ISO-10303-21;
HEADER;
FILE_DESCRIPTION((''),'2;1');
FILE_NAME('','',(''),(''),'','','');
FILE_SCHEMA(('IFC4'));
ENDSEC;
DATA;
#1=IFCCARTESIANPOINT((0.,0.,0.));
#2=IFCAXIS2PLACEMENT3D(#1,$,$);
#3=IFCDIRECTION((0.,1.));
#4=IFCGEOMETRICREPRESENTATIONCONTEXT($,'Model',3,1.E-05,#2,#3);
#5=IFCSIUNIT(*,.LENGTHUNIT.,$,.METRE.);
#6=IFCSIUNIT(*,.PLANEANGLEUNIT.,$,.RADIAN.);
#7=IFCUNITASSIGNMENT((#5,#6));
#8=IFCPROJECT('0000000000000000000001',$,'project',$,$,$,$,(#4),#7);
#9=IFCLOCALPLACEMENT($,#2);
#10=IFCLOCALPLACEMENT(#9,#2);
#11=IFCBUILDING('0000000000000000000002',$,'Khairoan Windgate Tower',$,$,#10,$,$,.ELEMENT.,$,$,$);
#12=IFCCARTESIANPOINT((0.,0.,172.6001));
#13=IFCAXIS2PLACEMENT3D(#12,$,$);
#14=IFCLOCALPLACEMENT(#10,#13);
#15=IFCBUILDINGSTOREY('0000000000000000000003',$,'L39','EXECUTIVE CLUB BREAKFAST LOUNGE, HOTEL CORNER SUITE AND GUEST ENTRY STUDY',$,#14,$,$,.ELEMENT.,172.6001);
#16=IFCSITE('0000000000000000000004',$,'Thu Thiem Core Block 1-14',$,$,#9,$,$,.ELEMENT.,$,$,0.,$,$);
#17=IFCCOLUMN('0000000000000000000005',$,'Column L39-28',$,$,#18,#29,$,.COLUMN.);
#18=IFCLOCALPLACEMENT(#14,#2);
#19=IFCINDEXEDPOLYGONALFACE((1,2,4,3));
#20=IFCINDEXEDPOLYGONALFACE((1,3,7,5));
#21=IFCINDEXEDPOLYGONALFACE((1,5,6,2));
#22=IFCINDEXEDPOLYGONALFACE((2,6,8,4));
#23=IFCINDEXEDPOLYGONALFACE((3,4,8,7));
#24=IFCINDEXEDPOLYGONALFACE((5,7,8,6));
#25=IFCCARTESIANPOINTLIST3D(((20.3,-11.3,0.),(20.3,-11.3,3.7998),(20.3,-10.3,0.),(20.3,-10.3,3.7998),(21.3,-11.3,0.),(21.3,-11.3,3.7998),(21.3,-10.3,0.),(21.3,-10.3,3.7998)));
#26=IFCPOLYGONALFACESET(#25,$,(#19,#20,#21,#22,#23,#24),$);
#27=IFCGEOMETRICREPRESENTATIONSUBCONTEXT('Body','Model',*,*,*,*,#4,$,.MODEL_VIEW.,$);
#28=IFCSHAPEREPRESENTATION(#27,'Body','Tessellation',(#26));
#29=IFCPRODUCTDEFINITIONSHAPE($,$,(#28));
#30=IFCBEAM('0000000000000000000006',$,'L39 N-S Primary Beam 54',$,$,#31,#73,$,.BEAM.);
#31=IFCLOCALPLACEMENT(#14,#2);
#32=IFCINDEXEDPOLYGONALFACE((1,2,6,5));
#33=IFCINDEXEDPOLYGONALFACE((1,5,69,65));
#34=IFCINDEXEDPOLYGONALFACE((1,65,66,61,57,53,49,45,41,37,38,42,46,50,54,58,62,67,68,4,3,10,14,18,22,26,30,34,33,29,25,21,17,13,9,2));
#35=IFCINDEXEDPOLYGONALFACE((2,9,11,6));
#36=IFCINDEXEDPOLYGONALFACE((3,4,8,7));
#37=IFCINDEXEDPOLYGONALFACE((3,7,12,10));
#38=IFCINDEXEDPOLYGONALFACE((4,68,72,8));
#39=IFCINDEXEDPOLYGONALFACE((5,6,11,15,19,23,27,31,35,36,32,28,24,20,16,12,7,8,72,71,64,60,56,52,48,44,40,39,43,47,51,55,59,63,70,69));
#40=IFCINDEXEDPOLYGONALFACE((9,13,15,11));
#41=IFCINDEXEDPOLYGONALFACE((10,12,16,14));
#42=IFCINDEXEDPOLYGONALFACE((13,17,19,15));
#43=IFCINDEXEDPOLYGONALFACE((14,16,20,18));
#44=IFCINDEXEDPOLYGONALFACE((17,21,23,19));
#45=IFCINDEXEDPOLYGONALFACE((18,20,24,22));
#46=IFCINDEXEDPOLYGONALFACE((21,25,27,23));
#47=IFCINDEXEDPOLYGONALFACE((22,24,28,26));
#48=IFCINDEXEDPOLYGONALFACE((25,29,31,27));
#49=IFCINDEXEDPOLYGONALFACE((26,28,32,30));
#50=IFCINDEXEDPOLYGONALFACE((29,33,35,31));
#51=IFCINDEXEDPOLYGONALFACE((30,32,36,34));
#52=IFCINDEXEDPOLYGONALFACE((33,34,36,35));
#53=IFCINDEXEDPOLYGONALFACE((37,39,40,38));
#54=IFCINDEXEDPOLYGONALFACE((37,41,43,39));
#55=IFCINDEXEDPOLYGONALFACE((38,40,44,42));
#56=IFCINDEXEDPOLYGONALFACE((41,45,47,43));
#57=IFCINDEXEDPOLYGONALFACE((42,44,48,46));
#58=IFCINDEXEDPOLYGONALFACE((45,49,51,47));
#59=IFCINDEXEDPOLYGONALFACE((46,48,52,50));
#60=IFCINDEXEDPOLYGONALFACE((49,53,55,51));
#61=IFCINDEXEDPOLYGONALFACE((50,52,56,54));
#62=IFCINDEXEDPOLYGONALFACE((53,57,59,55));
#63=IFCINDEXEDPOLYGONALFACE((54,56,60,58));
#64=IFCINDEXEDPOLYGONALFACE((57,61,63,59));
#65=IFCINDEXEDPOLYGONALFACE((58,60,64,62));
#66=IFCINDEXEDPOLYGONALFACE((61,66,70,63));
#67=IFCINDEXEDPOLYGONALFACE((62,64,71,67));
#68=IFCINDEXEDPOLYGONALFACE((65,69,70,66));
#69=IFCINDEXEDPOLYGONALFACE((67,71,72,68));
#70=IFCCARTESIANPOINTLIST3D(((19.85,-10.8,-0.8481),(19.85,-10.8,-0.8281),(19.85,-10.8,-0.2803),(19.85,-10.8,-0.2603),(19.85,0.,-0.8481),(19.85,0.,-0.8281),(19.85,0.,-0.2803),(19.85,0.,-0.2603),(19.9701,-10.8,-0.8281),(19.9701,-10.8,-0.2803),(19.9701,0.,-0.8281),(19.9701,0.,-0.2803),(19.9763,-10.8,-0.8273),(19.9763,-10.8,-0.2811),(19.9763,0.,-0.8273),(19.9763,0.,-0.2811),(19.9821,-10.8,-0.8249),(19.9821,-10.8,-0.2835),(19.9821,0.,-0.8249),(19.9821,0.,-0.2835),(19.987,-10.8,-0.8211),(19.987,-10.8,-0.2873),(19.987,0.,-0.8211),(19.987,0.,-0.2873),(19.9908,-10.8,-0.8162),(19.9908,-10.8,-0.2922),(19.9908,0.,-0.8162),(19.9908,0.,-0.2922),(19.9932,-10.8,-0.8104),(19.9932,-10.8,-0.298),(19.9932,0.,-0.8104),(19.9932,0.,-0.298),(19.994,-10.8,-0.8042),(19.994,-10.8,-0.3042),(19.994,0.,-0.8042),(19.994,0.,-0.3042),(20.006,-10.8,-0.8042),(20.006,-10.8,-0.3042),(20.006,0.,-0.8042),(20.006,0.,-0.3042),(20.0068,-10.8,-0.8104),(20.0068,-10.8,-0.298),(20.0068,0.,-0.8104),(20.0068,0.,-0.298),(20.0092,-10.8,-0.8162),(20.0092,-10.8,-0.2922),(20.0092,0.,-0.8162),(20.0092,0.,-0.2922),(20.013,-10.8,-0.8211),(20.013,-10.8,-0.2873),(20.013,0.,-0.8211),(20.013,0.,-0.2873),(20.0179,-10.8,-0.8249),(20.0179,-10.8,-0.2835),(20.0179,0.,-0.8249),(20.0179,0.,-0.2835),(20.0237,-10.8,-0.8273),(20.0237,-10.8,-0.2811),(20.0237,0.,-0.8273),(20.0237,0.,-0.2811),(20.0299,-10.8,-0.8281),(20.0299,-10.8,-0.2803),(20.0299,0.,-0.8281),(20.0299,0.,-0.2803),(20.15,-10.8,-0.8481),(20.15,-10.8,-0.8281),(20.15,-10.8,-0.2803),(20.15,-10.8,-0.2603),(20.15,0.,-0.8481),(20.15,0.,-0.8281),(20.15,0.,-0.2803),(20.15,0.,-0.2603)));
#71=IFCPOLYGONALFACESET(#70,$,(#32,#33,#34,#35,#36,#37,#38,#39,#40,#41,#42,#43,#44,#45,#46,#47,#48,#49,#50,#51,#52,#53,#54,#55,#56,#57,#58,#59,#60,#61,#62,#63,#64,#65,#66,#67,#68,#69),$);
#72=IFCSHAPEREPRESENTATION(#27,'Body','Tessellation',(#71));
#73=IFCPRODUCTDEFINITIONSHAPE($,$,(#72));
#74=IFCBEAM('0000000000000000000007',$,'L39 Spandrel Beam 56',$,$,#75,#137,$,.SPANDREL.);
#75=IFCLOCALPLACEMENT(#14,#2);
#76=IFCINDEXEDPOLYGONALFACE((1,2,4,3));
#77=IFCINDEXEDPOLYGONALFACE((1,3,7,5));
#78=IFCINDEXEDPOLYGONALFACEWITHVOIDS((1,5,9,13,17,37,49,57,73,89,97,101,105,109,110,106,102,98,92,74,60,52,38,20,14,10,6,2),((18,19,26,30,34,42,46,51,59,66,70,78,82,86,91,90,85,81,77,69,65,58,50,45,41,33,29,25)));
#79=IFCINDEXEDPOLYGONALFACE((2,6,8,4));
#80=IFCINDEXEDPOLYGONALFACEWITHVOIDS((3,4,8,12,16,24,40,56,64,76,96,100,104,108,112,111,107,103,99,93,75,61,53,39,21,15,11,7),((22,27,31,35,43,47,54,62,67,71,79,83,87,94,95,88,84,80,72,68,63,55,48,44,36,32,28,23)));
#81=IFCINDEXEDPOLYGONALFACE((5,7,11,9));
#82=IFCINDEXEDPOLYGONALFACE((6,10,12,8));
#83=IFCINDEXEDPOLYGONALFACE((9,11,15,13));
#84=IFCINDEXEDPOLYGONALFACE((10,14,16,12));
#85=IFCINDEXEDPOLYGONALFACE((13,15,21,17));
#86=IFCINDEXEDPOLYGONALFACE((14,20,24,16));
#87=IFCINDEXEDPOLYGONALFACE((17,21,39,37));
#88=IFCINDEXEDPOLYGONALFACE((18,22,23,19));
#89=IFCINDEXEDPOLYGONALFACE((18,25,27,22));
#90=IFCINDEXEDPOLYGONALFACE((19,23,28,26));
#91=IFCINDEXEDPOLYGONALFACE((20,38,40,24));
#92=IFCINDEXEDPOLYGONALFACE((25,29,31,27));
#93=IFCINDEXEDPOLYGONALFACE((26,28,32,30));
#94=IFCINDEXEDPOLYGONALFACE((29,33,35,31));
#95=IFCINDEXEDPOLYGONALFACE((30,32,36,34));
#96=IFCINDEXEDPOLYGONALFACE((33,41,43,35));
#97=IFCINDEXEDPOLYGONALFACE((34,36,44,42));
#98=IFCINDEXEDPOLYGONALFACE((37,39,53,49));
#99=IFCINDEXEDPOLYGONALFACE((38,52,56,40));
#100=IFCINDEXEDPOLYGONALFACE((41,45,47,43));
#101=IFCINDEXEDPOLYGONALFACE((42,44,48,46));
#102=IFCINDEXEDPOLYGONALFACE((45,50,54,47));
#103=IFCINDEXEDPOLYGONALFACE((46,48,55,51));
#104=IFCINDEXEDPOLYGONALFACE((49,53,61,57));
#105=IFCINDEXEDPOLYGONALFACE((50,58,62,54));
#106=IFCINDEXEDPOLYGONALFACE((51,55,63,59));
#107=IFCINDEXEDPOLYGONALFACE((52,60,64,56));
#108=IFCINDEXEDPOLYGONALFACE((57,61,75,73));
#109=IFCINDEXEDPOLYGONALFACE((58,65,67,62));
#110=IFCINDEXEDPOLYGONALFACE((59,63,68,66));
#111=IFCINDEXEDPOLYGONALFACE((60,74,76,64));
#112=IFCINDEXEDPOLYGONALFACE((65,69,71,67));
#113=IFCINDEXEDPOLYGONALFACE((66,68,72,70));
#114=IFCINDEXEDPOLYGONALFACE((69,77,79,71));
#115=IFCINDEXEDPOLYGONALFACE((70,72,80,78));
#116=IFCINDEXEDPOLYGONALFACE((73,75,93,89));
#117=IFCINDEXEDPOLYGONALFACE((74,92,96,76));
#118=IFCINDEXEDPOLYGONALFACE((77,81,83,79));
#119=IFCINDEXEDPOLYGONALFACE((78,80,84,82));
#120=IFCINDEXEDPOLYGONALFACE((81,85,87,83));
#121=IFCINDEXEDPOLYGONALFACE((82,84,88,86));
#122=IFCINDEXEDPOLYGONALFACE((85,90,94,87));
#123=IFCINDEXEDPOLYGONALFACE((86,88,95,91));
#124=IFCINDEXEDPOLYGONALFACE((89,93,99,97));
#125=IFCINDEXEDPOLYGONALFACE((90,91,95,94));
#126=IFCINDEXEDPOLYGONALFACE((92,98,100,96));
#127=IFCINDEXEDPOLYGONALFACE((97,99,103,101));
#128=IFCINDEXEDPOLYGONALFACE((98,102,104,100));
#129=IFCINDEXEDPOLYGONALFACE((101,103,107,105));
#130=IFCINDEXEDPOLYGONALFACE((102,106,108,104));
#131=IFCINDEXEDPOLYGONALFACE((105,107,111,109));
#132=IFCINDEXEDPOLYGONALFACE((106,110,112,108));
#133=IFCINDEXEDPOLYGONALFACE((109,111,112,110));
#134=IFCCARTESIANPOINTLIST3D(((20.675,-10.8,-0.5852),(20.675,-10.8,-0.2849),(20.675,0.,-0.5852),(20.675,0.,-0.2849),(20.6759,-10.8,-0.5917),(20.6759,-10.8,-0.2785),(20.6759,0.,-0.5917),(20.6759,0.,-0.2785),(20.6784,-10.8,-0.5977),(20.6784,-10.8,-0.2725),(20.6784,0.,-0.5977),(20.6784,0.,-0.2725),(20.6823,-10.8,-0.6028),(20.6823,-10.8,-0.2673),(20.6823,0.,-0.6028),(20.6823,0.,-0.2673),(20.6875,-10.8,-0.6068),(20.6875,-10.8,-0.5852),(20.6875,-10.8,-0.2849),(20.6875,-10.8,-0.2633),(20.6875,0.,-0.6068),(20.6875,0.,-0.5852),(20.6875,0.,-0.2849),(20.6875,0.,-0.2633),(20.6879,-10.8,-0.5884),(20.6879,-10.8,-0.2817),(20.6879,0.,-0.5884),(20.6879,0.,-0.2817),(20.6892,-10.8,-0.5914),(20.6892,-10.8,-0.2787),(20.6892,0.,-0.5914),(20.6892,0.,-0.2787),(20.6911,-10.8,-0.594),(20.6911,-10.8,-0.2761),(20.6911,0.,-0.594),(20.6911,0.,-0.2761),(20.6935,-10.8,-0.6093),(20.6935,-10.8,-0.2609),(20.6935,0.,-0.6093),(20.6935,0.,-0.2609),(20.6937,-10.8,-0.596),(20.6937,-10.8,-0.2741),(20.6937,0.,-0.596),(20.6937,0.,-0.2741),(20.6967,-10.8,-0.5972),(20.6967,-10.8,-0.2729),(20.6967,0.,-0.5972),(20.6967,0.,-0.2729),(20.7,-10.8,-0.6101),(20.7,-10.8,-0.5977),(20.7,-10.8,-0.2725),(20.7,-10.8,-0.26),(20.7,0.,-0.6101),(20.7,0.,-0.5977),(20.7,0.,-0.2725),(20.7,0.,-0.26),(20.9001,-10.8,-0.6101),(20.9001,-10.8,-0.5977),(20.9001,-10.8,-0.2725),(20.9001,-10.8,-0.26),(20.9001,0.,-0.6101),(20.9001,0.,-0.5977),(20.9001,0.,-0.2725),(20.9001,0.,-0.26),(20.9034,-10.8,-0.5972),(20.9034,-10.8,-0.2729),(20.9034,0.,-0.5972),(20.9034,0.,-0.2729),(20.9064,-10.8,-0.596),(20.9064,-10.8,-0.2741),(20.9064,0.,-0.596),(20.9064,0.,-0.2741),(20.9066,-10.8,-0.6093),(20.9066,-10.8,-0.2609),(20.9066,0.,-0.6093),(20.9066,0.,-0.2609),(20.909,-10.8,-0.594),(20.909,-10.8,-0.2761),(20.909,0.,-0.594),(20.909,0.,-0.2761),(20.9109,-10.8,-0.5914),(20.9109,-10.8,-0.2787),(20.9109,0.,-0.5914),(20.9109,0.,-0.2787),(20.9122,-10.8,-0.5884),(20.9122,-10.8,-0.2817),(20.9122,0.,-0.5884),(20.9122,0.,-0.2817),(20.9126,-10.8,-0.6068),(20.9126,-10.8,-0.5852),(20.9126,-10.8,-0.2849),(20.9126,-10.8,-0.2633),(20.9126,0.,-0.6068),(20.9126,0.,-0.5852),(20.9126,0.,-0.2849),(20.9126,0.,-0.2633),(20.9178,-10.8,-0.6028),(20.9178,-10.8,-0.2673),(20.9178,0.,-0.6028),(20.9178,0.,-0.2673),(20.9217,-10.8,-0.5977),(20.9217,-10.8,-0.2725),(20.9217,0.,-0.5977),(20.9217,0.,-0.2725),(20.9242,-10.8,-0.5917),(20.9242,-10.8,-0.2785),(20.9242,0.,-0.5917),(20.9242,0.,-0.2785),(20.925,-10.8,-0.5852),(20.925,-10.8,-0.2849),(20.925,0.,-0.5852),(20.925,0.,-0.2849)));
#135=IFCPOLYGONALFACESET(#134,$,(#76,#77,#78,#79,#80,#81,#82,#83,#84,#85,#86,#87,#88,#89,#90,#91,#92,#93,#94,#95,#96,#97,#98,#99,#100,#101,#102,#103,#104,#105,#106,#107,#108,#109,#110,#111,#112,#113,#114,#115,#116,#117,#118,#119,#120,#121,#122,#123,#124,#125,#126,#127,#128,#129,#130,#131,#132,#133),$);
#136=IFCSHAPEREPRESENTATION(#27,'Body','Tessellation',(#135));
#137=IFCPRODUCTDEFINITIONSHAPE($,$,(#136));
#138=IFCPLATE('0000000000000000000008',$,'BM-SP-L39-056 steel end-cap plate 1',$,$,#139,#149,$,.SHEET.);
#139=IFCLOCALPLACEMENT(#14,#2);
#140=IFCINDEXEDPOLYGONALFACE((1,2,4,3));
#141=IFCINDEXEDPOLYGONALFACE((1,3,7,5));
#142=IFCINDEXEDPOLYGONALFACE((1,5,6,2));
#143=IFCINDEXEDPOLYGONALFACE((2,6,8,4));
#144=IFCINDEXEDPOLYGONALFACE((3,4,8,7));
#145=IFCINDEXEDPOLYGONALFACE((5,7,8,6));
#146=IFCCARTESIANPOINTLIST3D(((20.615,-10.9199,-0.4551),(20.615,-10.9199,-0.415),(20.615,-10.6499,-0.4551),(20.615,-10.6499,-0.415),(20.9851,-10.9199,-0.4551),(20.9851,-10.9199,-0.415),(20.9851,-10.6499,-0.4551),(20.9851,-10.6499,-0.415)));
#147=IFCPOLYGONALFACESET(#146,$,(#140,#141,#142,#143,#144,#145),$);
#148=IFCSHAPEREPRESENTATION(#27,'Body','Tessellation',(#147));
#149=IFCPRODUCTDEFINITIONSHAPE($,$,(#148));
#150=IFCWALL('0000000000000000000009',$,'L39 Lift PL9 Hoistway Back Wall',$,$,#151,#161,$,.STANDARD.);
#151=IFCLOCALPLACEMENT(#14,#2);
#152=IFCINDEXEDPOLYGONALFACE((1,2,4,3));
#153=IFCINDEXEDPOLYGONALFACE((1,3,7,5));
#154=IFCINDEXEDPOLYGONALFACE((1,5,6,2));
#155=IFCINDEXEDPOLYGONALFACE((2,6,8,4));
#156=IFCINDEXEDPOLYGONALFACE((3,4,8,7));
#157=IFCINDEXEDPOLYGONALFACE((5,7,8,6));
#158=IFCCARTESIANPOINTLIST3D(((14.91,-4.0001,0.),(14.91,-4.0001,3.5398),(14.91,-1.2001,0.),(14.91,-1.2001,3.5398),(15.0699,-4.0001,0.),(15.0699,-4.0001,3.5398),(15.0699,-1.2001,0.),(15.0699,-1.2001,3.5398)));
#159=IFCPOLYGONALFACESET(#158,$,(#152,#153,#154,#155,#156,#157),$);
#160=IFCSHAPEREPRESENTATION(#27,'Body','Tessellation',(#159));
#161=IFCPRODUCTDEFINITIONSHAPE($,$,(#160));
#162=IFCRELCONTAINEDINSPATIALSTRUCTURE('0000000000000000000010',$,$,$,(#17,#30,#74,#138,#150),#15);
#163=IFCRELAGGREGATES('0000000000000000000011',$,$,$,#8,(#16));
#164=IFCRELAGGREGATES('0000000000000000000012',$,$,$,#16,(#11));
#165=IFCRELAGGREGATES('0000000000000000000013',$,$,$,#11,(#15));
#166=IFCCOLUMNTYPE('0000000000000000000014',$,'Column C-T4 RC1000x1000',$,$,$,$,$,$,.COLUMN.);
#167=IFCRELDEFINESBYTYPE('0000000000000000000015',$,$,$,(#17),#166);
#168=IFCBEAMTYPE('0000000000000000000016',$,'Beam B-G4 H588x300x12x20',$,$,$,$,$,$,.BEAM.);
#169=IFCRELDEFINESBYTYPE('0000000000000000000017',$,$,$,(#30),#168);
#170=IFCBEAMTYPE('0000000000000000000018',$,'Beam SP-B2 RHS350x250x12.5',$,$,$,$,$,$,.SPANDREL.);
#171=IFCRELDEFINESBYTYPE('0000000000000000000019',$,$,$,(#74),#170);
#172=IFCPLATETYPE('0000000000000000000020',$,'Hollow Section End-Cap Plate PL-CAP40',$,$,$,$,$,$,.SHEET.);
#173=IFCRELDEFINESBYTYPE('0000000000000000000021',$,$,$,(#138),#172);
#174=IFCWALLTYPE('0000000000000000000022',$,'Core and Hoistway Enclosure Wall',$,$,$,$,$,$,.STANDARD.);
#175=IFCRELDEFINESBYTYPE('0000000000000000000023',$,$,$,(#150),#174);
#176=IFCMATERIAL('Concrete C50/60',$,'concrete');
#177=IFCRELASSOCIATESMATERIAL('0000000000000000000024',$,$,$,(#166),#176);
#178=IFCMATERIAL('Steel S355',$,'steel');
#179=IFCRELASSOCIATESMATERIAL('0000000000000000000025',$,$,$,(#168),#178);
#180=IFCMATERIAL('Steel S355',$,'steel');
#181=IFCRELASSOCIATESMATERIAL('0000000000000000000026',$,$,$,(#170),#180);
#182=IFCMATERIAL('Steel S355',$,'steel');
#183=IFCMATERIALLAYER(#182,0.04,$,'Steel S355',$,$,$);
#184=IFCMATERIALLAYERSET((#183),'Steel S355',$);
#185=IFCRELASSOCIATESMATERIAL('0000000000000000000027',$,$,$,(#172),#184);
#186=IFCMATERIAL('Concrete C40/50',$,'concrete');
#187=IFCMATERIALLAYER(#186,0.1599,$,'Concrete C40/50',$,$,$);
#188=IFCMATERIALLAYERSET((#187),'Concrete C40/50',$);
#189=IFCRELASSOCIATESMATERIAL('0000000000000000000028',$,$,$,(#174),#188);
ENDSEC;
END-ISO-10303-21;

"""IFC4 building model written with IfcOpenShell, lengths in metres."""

from ifc_helpers import new_model, si_unit, direction, frame, frame_2d, origin, origin_2d, place, context, subcontext, project, spatial, rectangle, hollow_rectangle, i_section, extrude, material, layer, layer_set, material_profile, profile_set, type_object, element, save


model = new_model("IFC4")

# Units and contexts
model_context = context("Model", 3, precision=1e-05, world=origin(), true_north=direction((0.0, 1.0)))
body_context = subcontext(model_context, "Body", "Model", "MODEL_VIEW")
ifc_project = project(units=[si_unit("LENGTHUNIT", "METRE"), si_unit("PLANEANGLEUNIT", "RADIAN")], contexts=[model_context])

# Site, building, storey
site_placement = place(None, origin())
site = spatial("IfcSite", under=ifc_project, at=site_placement, Name="Thu Thiem Core Block 1-14", CompositionType="ELEMENT", RefElevation=0.0)
building_placement = place(site_placement, origin())
building = spatial("IfcBuilding", under=site, at=building_placement, Name="Khairoan Windgate Tower", CompositionType="ELEMENT")
storey_placement = place(building_placement, frame((0.0, 0.0, 172.6001)))
storey = spatial("IfcBuildingStorey", under=building, at=storey_placement, Name="L39", Description="EXECUTIVE CLUB BREAKFAST LOUNGE, HOTEL CORNER SUITE AND GUEST ENTRY STUDY", CompositionType="ELEMENT", Elevation=172.6001)

# Column
ifc_material_1 = material(Name="Concrete C50/60", Category="concrete")
ifc_material_profile_1 = material_profile(ifc_material_1, rectangle(XDim=1.0, YDim=1.0, at=origin_2d()))
ifc_profile_set_1 = profile_set([ifc_material_profile_1], Name="Concrete C50/60")
column_type = type_object("IfcColumnType", Name="Column C-T4 RC1000x1000", PredefinedType="COLUMN", material=ifc_profile_set_1)
column_placement = place(storey_placement, frame((20.8, -10.8, 0.0), z_axis=(0.0, 0.0, 1.0), x_axis=(1.0, 0.0, 0.0)))
element("IfcColumn", 1, at=column_placement, inside=storey, type_object=column_type, Name="Column L39-28", PredefinedType="COLUMN", context=body_context, shape_type="SweptSolid", body=[
    extrude(rectangle(XDim=1.0, YDim=1.0, at=origin_2d()), origin(), (0.0, 0.0, 1.0), 3.7998),
])

# Beams
ifc_material_2 = material(Name="Steel S355", Category="steel")
ifc_material_profile_2 = material_profile(ifc_material_2, i_section(OverallWidth=0.3, OverallDepth=0.5879, WebThickness=0.012, FlangeThickness=0.02, FilletRadius=0.0239, at=origin_2d()))
ifc_profile_set_2 = profile_set([ifc_material_profile_2], Name="Steel S355")
beam_type_1 = type_object("IfcBeamType", Name="Beam B-G4 H588x300x12x20", PredefinedType="BEAM", material=ifc_profile_set_2)
beam_1_placement = place(storey_placement, frame((20.0, -10.8, -0.5542), z_axis=(0.0, 1.0, 0.0), x_axis=(-1.0, 0.0, 0.0)))
element("IfcBeam", 2, at=beam_1_placement, inside=storey, type_object=beam_type_1, Name="L39 N-S Primary Beam 54", PredefinedType="BEAM", context=body_context, shape_type="SweptSolid", body=[
    extrude(i_section(OverallWidth=0.3, OverallDepth=0.5879, WebThickness=0.012, FlangeThickness=0.02, FilletRadius=0.0239, at=origin_2d()), origin(), (0.0, 0.0, 1.0), 10.8),
])
ifc_material_3 = material(Name="Steel S355", Category="steel")
ifc_material_profile_3 = material_profile(ifc_material_3, hollow_rectangle(XDim=0.25, YDim=0.3501, WallThickness=0.0125, InnerFilletRadius=0.0125, OuterFilletRadius=0.0249, at=origin_2d()))
ifc_profile_set_3 = profile_set([ifc_material_profile_3], Name="Steel S355")
beam_type_2 = type_object("IfcBeamType", Name="Beam SP-B2 RHS350x250x12.5", PredefinedType="SPANDREL", material=ifc_profile_set_3)
beam_2_placement = place(storey_placement, frame((20.8, -10.8, -0.4351), z_axis=(0.0, 1.0, 0.0), x_axis=(-1.0, 0.0, 0.0)))
element("IfcBeam", 3, at=beam_2_placement, inside=storey, type_object=beam_type_2, Name="L39 Spandrel Beam 56", PredefinedType="SPANDREL", context=body_context, shape_type="SweptSolid", body=[
    extrude(hollow_rectangle(XDim=0.25, YDim=0.3501, WallThickness=0.0125, InnerFilletRadius=0.0125, OuterFilletRadius=0.0249, at=origin_2d()), origin(), (0.0, 0.0, 1.0), 10.8),
])

# Plate
ifc_material_4 = material(Name="Steel S355", Category="steel")
ifc_layer_1 = layer(ifc_material_4, 0.04, Name="Steel S355")
ifc_layer_set_1 = layer_set([ifc_layer_1], Name="Steel S355")
plate_type = type_object("IfcPlateType", Name="Hollow Section End-Cap Plate PL-CAP40", PredefinedType="SHEET", material=ifc_layer_set_1)
plate_placement = place(storey_placement, frame((20.8, -10.7849, -0.4551), z_axis=(0.0, 0.0, 1.0), x_axis=(0.0, 1.0, 0.0)))
element("IfcPlate", 4, at=plate_placement, inside=storey, type_object=plate_type, Name="BM-SP-L39-056 steel end-cap plate 1", PredefinedType="SHEET", context=body_context, shape_type="SweptSolid", body=[
    extrude(rectangle(XDim=0.27, YDim=0.3701, at=origin_2d()), origin(), (0.0, 0.0, 1.0), 0.04),
])

# Wall
ifc_material_5 = material(Name="Concrete C40/50", Category="concrete")
ifc_layer_2 = layer(ifc_material_5, 0.1599, Name="Concrete C40/50")
ifc_layer_set_2 = layer_set([ifc_layer_2], Name="Concrete C40/50")
wall_type_1 = type_object("IfcWallType", Name="Core and Hoistway Enclosure Wall", PredefinedType="STANDARD", material=ifc_layer_set_2)
wall_1_placement = place(storey_placement, frame((14.99, -4.0, 0.0), z_axis=(0.0, 0.0, 1.0), x_axis=(0.0, 1.0, 0.0)))
element("IfcWall", 5, at=wall_1_placement, inside=storey, type_object=wall_type_1, Name="L39 Lift PL9 Hoistway Back Wall", PredefinedType="STANDARD", context=body_context, shape_type="SweptSolid", body=[
    extrude(rectangle(XDim=2.8, YDim=0.1599, at=frame_2d((1.3999, 0.0))), origin(), (0.0, 0.0, 1.0), 3.5398),
])

save(model, "model.ifc")
